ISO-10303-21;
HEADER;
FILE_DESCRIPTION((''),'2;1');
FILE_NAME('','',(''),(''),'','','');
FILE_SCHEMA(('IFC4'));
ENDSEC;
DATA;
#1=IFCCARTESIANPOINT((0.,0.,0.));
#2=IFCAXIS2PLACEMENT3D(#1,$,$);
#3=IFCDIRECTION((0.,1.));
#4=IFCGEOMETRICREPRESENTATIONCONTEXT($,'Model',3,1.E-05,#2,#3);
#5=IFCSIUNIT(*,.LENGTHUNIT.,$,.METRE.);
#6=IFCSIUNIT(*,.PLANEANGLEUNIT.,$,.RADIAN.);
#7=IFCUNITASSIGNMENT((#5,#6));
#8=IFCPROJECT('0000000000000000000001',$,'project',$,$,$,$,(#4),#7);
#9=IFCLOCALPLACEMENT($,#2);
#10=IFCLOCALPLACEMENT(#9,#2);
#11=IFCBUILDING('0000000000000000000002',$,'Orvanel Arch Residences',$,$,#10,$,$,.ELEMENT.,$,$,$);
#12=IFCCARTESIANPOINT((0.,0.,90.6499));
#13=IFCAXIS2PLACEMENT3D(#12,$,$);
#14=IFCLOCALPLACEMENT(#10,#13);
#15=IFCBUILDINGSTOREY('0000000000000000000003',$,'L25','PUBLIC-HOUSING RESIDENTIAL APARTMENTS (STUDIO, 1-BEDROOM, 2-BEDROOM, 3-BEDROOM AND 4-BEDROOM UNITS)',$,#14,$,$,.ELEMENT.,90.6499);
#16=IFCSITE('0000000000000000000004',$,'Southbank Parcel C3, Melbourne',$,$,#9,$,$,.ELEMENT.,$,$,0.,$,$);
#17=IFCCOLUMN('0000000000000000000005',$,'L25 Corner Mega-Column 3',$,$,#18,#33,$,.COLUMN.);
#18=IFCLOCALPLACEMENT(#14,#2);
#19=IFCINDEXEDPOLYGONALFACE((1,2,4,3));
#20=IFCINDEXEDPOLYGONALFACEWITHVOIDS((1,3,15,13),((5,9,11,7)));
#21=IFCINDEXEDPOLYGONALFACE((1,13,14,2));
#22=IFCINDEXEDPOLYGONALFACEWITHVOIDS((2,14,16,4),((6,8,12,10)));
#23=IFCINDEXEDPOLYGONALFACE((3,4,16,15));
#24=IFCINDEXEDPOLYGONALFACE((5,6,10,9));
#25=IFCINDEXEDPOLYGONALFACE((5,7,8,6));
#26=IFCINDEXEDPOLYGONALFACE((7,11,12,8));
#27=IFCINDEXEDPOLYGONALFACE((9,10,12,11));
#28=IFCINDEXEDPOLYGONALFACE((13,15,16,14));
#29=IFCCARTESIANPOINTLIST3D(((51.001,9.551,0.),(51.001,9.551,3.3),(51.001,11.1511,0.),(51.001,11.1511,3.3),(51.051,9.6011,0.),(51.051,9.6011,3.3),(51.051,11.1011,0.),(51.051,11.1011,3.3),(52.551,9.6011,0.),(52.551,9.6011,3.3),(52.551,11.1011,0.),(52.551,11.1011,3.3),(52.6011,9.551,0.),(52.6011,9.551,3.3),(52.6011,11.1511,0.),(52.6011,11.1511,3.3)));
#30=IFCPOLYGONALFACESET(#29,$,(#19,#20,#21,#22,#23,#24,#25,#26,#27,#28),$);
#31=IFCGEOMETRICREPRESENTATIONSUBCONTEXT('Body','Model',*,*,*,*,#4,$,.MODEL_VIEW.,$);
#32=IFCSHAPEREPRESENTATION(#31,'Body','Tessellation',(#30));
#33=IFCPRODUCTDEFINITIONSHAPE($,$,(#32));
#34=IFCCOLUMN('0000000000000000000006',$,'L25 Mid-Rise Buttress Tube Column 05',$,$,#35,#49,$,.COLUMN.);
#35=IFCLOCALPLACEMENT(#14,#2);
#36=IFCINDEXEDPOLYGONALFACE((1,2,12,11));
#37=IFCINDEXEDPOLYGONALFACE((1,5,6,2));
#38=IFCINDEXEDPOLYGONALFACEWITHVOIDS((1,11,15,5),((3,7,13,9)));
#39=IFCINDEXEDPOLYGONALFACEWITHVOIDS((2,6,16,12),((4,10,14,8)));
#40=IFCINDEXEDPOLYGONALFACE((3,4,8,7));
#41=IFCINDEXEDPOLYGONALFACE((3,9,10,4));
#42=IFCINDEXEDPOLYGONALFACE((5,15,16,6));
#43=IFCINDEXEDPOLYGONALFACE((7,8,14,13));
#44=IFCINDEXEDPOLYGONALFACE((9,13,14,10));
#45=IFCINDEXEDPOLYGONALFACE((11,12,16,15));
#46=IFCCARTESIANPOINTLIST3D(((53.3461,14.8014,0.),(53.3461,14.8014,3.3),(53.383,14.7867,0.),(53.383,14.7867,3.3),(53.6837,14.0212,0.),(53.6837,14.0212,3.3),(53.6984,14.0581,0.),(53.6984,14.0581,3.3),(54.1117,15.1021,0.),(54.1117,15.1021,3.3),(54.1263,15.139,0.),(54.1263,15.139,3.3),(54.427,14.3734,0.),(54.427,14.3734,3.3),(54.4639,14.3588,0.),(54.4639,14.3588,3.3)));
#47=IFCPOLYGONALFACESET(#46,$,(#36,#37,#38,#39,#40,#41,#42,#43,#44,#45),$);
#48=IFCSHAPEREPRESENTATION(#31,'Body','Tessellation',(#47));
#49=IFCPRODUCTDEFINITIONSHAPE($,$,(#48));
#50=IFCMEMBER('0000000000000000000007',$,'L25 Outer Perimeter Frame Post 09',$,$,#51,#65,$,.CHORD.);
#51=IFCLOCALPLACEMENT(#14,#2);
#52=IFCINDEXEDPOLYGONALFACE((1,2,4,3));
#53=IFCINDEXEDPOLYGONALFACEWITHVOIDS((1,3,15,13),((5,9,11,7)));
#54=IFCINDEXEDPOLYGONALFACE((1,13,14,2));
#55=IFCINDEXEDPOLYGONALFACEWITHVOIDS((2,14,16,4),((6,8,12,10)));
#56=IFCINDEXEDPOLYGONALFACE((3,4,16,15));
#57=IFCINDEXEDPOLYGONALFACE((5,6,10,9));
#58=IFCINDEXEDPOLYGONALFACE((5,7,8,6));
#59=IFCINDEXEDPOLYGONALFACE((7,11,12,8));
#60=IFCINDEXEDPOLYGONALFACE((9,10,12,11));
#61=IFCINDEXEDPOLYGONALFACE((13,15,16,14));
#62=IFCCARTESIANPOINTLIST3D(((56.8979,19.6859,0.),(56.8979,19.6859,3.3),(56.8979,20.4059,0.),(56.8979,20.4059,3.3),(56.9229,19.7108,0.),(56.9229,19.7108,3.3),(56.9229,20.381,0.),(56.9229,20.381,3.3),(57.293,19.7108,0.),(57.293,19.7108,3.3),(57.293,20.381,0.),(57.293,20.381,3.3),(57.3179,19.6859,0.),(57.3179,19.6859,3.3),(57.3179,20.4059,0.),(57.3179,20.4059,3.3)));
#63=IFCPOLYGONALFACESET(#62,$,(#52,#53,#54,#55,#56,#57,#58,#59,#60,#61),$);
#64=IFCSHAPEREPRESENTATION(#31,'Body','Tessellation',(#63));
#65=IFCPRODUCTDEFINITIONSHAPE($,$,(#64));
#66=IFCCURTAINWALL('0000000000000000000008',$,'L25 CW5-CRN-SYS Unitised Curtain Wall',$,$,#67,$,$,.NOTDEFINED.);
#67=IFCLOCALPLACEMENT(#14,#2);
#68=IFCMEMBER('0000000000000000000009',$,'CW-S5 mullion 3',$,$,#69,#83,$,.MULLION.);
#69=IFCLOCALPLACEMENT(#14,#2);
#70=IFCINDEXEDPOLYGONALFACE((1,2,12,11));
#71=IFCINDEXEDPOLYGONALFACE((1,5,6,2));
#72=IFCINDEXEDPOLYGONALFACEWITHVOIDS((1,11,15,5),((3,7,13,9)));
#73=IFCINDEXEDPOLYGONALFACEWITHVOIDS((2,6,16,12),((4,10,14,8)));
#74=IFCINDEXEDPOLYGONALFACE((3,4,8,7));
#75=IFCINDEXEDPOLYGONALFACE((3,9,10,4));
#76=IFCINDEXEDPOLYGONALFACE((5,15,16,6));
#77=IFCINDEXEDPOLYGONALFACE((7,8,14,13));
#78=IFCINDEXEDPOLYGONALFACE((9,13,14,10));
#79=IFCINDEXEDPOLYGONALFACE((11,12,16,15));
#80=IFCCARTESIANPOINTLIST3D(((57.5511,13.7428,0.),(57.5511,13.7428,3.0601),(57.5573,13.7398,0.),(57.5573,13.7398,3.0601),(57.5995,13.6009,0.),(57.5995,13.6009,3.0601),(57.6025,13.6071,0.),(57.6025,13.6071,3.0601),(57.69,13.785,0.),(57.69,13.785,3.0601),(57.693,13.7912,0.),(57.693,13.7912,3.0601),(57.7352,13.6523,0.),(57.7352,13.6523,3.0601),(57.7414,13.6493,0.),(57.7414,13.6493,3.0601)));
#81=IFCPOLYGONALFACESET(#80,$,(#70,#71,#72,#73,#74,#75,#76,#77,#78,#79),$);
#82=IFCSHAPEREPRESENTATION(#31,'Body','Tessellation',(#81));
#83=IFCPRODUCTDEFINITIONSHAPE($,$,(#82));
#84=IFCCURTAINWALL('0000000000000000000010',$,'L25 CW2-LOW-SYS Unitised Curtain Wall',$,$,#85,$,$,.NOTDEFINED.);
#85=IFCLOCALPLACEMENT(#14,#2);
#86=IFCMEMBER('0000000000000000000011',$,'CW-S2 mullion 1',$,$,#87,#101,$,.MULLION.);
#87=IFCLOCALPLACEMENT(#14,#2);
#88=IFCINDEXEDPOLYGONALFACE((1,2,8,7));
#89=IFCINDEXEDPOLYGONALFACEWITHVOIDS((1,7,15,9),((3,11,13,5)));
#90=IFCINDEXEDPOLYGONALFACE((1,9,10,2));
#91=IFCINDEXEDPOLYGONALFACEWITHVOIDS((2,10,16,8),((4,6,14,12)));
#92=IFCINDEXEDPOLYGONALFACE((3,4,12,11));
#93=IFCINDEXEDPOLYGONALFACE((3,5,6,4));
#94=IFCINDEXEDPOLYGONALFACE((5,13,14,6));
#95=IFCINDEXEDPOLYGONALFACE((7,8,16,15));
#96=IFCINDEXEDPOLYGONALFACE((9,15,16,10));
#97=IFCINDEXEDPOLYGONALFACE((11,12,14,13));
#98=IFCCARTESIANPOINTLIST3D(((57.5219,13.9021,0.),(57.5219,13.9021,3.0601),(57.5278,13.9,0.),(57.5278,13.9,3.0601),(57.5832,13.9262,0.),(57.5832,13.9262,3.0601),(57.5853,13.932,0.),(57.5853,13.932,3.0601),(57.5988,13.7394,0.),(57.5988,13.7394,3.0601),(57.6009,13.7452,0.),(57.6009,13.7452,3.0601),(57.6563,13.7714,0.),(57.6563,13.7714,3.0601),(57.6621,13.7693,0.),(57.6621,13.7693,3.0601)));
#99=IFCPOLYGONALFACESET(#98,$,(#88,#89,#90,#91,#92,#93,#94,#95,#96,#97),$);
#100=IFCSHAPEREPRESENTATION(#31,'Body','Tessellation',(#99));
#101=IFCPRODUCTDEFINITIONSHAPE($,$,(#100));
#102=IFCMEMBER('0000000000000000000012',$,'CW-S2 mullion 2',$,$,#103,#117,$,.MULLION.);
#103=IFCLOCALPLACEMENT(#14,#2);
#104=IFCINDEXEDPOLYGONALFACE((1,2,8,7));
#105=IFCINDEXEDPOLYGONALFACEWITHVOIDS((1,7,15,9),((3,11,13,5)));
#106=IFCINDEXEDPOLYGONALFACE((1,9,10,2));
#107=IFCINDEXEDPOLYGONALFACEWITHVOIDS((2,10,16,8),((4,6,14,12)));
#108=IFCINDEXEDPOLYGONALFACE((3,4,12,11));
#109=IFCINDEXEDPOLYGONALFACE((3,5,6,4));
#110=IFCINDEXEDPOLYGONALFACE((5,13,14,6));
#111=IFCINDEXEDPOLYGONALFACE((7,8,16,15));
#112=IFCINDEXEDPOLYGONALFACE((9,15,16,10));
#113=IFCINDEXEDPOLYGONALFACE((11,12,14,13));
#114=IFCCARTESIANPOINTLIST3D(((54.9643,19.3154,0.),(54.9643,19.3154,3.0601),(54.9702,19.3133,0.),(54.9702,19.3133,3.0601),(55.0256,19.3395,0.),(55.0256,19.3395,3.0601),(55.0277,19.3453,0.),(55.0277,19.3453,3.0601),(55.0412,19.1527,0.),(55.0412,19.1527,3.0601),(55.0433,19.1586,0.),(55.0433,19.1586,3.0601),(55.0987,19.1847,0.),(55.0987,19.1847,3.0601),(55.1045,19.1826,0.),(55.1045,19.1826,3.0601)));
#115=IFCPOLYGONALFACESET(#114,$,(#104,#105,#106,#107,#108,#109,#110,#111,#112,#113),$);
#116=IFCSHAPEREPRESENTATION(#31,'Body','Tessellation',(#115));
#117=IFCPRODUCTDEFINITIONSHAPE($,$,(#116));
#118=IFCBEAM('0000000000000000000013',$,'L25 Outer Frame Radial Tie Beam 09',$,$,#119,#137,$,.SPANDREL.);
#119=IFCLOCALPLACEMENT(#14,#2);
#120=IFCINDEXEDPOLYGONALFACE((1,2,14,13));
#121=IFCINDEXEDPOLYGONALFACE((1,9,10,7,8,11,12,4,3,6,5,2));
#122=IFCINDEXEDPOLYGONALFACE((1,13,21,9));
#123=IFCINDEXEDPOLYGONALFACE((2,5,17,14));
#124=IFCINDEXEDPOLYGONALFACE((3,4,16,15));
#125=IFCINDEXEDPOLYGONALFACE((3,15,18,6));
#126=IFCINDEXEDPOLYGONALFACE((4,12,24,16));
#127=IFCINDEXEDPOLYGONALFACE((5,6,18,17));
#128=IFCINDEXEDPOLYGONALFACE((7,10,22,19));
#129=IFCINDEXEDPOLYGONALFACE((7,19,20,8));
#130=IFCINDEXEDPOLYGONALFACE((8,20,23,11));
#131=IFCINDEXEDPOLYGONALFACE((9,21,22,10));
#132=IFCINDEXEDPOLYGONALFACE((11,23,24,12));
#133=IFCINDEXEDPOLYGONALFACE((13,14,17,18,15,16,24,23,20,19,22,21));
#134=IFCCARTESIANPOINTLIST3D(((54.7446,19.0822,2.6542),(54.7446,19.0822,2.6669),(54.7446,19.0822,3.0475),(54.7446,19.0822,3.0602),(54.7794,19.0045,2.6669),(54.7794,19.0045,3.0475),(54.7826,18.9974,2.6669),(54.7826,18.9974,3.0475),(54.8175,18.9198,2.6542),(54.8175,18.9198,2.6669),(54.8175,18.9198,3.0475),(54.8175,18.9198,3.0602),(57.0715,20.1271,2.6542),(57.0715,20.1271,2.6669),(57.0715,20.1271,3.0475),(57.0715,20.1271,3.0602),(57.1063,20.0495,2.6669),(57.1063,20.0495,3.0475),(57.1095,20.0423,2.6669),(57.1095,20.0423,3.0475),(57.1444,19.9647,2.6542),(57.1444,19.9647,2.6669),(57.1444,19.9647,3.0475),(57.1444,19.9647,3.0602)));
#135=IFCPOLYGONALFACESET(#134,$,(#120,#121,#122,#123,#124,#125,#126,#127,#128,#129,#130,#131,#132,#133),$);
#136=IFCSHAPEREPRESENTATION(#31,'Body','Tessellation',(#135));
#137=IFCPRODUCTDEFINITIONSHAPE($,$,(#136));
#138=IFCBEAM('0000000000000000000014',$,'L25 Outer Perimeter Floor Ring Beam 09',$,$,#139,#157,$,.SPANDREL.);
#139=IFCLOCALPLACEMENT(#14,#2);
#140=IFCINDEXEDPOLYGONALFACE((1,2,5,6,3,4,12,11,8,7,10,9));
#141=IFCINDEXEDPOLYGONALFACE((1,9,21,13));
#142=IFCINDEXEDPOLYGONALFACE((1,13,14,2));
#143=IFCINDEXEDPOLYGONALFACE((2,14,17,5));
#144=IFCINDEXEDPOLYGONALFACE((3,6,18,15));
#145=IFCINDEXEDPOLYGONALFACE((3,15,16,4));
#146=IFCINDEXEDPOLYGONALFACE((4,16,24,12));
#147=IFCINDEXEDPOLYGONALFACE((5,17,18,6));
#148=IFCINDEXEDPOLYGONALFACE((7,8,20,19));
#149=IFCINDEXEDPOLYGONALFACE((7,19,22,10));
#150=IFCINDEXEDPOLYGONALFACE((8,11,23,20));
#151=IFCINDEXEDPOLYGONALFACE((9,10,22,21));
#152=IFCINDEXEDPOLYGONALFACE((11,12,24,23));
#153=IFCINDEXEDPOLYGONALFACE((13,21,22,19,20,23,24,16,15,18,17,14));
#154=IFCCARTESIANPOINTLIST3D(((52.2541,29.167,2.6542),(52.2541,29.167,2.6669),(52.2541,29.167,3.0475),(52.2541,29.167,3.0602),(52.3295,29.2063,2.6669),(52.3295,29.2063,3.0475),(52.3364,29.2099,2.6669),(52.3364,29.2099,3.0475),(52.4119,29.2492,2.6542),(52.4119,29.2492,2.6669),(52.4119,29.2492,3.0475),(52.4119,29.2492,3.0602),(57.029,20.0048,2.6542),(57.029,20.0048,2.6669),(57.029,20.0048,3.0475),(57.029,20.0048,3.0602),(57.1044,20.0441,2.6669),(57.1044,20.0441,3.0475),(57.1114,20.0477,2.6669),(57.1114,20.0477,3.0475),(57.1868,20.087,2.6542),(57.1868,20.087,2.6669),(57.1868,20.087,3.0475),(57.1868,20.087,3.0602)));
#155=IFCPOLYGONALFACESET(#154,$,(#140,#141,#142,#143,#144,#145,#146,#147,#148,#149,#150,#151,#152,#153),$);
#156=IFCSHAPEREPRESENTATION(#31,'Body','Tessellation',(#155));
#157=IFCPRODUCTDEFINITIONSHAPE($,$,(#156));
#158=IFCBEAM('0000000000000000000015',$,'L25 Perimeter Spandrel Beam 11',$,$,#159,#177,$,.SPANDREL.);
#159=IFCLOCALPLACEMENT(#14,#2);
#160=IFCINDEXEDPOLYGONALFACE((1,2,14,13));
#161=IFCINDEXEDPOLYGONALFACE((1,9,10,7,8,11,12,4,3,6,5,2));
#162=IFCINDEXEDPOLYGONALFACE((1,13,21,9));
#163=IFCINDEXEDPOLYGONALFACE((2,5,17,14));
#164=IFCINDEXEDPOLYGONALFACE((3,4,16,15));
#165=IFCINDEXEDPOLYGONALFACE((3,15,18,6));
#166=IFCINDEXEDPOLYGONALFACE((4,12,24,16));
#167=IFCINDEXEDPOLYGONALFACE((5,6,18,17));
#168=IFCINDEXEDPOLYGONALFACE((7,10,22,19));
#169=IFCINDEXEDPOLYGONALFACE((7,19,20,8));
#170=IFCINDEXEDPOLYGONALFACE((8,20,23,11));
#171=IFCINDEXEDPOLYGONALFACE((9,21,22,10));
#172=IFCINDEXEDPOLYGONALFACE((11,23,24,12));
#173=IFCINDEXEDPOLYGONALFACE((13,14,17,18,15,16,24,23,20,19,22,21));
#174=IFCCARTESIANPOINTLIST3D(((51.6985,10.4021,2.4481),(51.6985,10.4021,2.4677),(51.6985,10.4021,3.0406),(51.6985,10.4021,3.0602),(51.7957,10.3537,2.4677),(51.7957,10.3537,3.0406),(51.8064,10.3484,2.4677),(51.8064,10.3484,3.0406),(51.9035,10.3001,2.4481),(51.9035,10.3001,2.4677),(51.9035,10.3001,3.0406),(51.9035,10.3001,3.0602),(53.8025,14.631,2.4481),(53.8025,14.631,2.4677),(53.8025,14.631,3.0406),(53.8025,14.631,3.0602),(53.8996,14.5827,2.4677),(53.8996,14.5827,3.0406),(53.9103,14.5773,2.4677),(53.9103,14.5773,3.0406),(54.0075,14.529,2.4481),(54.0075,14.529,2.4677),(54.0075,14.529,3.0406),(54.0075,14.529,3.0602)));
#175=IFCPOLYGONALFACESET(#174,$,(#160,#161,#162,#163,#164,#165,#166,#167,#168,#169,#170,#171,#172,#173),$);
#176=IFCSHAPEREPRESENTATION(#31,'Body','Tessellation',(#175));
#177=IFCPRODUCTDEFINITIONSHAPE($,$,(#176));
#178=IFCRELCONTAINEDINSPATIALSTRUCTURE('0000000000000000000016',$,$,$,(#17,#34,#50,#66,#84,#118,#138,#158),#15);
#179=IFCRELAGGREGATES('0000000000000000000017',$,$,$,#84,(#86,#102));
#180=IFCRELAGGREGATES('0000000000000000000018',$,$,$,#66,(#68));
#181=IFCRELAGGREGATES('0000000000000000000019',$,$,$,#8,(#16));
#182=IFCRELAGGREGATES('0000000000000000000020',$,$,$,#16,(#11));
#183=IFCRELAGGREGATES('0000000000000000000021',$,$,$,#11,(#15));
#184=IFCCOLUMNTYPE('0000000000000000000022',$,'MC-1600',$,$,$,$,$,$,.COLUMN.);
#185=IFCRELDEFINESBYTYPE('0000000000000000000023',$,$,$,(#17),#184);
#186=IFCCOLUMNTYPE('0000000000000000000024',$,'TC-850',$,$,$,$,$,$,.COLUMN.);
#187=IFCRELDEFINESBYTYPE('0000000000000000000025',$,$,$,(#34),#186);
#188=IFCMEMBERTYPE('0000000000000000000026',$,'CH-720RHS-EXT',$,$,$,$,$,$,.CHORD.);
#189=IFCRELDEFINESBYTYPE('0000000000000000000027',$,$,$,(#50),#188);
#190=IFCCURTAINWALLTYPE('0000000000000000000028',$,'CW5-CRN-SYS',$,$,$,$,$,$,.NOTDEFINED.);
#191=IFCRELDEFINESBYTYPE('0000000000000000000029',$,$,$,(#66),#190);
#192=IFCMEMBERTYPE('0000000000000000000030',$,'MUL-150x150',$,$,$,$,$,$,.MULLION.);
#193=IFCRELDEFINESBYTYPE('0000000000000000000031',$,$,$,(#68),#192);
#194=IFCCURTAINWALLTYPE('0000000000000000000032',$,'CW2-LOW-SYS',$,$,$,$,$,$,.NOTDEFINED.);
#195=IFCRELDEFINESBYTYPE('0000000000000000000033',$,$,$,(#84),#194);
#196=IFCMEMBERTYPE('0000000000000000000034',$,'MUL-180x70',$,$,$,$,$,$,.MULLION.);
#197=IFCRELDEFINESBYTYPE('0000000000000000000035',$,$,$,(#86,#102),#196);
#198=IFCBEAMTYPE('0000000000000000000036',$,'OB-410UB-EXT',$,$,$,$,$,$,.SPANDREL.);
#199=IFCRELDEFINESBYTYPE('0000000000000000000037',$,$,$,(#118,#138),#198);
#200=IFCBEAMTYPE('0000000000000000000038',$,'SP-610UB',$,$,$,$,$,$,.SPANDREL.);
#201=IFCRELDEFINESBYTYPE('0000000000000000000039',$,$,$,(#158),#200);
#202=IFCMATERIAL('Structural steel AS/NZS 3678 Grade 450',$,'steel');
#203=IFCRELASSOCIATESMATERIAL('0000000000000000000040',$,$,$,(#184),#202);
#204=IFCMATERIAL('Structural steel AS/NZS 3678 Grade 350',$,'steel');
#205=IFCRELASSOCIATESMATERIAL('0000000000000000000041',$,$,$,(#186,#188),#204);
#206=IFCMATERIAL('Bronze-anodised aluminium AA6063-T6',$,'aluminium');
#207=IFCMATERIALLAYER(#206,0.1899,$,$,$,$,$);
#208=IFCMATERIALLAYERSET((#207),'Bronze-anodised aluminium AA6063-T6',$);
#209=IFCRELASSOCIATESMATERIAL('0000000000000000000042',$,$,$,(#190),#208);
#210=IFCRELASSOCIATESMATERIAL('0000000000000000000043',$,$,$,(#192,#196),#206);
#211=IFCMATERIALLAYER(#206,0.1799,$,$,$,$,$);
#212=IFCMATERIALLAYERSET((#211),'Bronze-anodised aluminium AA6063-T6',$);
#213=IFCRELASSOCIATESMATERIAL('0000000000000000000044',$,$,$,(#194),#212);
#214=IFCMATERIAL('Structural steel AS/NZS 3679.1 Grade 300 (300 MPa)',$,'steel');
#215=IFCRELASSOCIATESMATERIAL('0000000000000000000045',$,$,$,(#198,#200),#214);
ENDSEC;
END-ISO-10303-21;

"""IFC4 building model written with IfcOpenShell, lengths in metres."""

from ifc_helpers import new_model, si_unit, direction, frame, origin, origin_2d, place, context, subcontext, project, spatial, hollow_rectangle, i_section, extrude, material, layer, layer_set, material_profile, profile_set, type_object, element, aggregate, save


model = new_model("IFC4")

# Units and contexts
model_context = context("Model", 3, precision=1e-05, world=origin(), true_north=direction((0.0, 1.0)))
body_context = subcontext(model_context, "Body", "Model", "MODEL_VIEW")
ifc_project = project(units=[si_unit("LENGTHUNIT", "METRE"), si_unit("PLANEANGLEUNIT", "RADIAN")], contexts=[model_context])

# Site, building, storey
site_placement = place(None, origin())
site = spatial("IfcSite", under=ifc_project, at=site_placement, Name="Southbank Parcel C3, Melbourne", CompositionType="ELEMENT", RefElevation=0.0)
building_placement = place(site_placement, origin())
building = spatial("IfcBuilding", under=site, at=building_placement, Name="Orvanel Arch Residences", CompositionType="ELEMENT")
storey_placement = place(building_placement, frame((0.0, 0.0, 90.6499)))
storey = spatial("IfcBuildingStorey", under=building, at=storey_placement, Name="L25", Description="PUBLIC-HOUSING RESIDENTIAL APARTMENTS (STUDIO, 1-BEDROOM, 2-BEDROOM, 3-BEDROOM AND 4-BEDROOM UNITS)", CompositionType="ELEMENT", Elevation=90.6499)

# Columns
ifc_material_1 = material(Name="Structural steel AS/NZS 3678 Grade 450", Category="steel")
ifc_material_profile_1 = material_profile(ifc_material_1, hollow_rectangle(XDim=1.6001, YDim=1.6001, WallThickness=0.05, at=origin_2d()), Name="BOX1600x1600x50")
ifc_profile_set_1 = profile_set([ifc_material_profile_1], Name="Structural steel AS/NZS 3678 Grade 450")
column_type_1 = type_object("IfcColumnType", Name="MC-1600", PredefinedType="COLUMN", material=ifc_profile_set_1)
column_1_placement = place(storey_placement, frame((51.801, 10.3511, 0.0), z_axis=(0.0, 0.0, 1.0), x_axis=(1.0, 0.0, 0.0)))
element("IfcColumn", 1, at=column_1_placement, inside=storey, type_object=column_type_1, Name="L25 Corner Mega-Column 3", PredefinedType="COLUMN", context=body_context, shape_type="SweptSolid", body=[
    extrude(hollow_rectangle(XDim=1.6001, YDim=1.6001, WallThickness=0.05, at=origin_2d()), origin(), (0.0, 0.0, 1.0), 3.3),
])
ifc_material_2 = material(Name="Structural steel AS/NZS 3678 Grade 350", Category="steel")
ifc_material_profile_2 = material_profile(ifc_material_2, hollow_rectangle(XDim=0.8501, YDim=0.8501, WallThickness=0.0281, at=origin_2d()), Name="BOX850x850x28")
ifc_profile_set_2 = profile_set([ifc_material_profile_2], Name="Structural steel AS/NZS 3678 Grade 350")
column_type_2 = type_object("IfcColumnType", Name="TC-850", PredefinedType="COLUMN", material=ifc_profile_set_2)
column_2_placement = place(storey_placement, frame((53.905, 14.5801, 0.0), z_axis=(0.0, 0.0, 1.0), x_axis=(-0.397148, 0.917755, 0.0)))
element("IfcColumn", 2, at=column_2_placement, inside=storey, type_object=column_type_2, Name="L25 Mid-Rise Buttress Tube Column 05", PredefinedType="COLUMN", context=body_context, shape_type="SweptSolid", body=[
    extrude(hollow_rectangle(XDim=0.8501, YDim=0.8501, WallThickness=0.0281, at=origin_2d()), origin(), (0.0, 0.0, 1.0), 3.3),
])

# Member
ifc_material_profile_3 = material_profile(ifc_material_2, hollow_rectangle(XDim=0.4199, YDim=0.72, WallThickness=0.0249, at=origin_2d()), Name="RHS720x420x25")
ifc_profile_set_3 = profile_set([ifc_material_profile_3], Name="Structural steel AS/NZS 3678 Grade 350")
member_type_1 = type_object("IfcMemberType", Name="CH-720RHS-EXT", PredefinedType="CHORD", material=ifc_profile_set_3)
member_1_placement = place(storey_placement, frame((57.1079, 20.0459, 0.0), z_axis=(0.0, 0.0, 1.0), x_axis=(1.0, 0.0, 0.0)))
element("IfcMember", 3, at=member_1_placement, inside=storey, type_object=member_type_1, Name="L25 Outer Perimeter Frame Post 09", PredefinedType="CHORD", context=body_context, shape_type="SweptSolid", body=[
    extrude(hollow_rectangle(XDim=0.4199, YDim=0.72, WallThickness=0.0249, at=origin_2d()), origin(), (0.0, 0.0, 1.0), 3.3),
])

# Curtain wall, member
ifc_material_3 = material(Name="Bronze-anodised aluminium AA6063-T6", Category="aluminium")
ifc_layer_1 = layer(ifc_material_3, 0.1899)
ifc_layer_set_1 = layer_set([ifc_layer_1], Name="Bronze-anodised aluminium AA6063-T6")
curtain_wall_type_1 = type_object("IfcCurtainWallType", Name="CW5-CRN-SYS", PredefinedType="NOTDEFINED", material=ifc_layer_set_1)
curtain_wall_1_placement = place(storey_placement, origin())
curtain_wall_1 = element("IfcCurtainWall", 4, at=curtain_wall_1_placement, inside=storey, type_object=curtain_wall_type_1, Name="L25 CW5-CRN-SYS Unitised Curtain Wall", PredefinedType="NOTDEFINED")
ifc_material_profile_4 = material_profile(ifc_material_3, hollow_rectangle(XDim=0.1499, YDim=0.1499, WallThickness=0.0049, at=origin_2d()), Name="ALU150x150x5")
ifc_profile_set_4 = profile_set([ifc_material_profile_4], Name="Bronze-anodised aluminium AA6063-T6")
member_type_2 = type_object("IfcMemberType", Name="MUL-150x150", PredefinedType="MULLION", material=ifc_profile_set_4)
member_2_placement = place(storey_placement, frame((57.6462, 13.696, 0.0), z_axis=(0.0, 0.0, 1.0), x_axis=(-0.946591, -0.322438, 0.0)))
member_2 = element("IfcMember", 5, at=member_2_placement, type_object=member_type_2, Name="CW-S5 mullion 3", PredefinedType="MULLION", context=body_context, shape_type="SweptSolid", body=[
    extrude(hollow_rectangle(XDim=0.1499, YDim=0.1499, WallThickness=0.0049, at=origin_2d()), origin(), (0.0, 0.0, 1.0), 3.0601),
])

# Curtain wall, members
ifc_layer_2 = layer(ifc_material_3, 0.1799)
ifc_layer_set_2 = layer_set([ifc_layer_2], Name="Bronze-anodised aluminium AA6063-T6")
curtain_wall_type_2 = type_object("IfcCurtainWallType", Name="CW2-LOW-SYS", PredefinedType="NOTDEFINED", material=ifc_layer_set_2)
curtain_wall_2_placement = place(storey_placement, origin())
curtain_wall_2 = element("IfcCurtainWall", 6, at=curtain_wall_2_placement, inside=storey, type_object=curtain_wall_type_2, Name="L25 CW2-LOW-SYS Unitised Curtain Wall", PredefinedType="NOTDEFINED")
ifc_material_profile_5 = material_profile(ifc_material_3, hollow_rectangle(XDim=0.0701, YDim=0.1799, WallThickness=0.0044, at=origin_2d()), Name="ALU180x70x4.5")
ifc_profile_set_5 = profile_set([ifc_material_profile_5], Name="Bronze-anodised aluminium AA6063-T6")
member_type_3 = type_object("IfcMemberType", Name="MUL-180x70", PredefinedType="MULLION", material=ifc_profile_set_5)
member_3_placement = place(storey_placement, frame((57.592, 13.8357, 0.0), z_axis=(0.0, 0.0, 1.0), x_axis=(-0.904168, -0.427176, 0.0)))
member_3 = element("IfcMember", 7, at=member_3_placement, type_object=member_type_3, Name="CW-S2 mullion 1", PredefinedType="MULLION", context=body_context, shape_type="SweptSolid", body=[
    extrude(hollow_rectangle(XDim=0.0701, YDim=0.1799, WallThickness=0.0044, at=origin_2d()), origin(), (0.0, 0.0, 1.0), 3.0601),
])
member_4_placement = place(storey_placement, frame((55.0344, 19.249, 0.0), z_axis=(0.0, 0.0, 1.0), x_axis=(-0.904168, -0.427176, 0.0)))
member_4 = element("IfcMember", 8, at=member_4_placement, type_object=member_type_3, Name="CW-S2 mullion 2", PredefinedType="MULLION", context=body_context, shape_type="SweptSolid", body=[
    extrude(hollow_rectangle(XDim=0.0701, YDim=0.1799, WallThickness=0.0044, at=origin_2d()), origin(), (0.0, 0.0, 1.0), 3.0601),
])

# Beams
ifc_material_4 = material(Name="Structural steel AS/NZS 3679.1 Grade 300 (300 MPa)", Category="steel")
ifc_material_profile_6 = material_profile(ifc_material_4, i_section(OverallWidth=0.178, OverallDepth=0.406, WebThickness=0.0078, FlangeThickness=0.0127, at=origin_2d()), Name="410UB59.7")
ifc_profile_set_6 = profile_set([ifc_material_profile_6], Name="Structural steel AS/NZS 3679.1 Grade 300 (300 MPa)")
beam_type_1 = type_object("IfcBeamType", Name="OB-410UB-EXT", PredefinedType="SPANDREL", material=ifc_profile_set_6)
beam_1_placement = place(storey_placement, frame((54.781, 19.001, 2.8572), z_axis=(0.912242, 0.409652, 0.0), x_axis=(-0.409652, 0.912242, 0.0)))
element("IfcBeam", 9, at=beam_1_placement, inside=storey, type_object=beam_type_1, Name="L25 Outer Frame Radial Tie Beam 09", PredefinedType="SPANDREL", context=body_context, shape_type="SweptSolid", body=[
    extrude(i_section(OverallWidth=0.178, OverallDepth=0.406, WebThickness=0.0078, FlangeThickness=0.0127, at=origin_2d()), origin(), (0.0, 0.0, 1.0), 2.5508),
])
beam_2_placement = place(storey_placement, frame((57.1079, 20.0459, 2.8572), z_axis=(-0.462161, 0.886796, 0.0), x_axis=(-0.886796, -0.462161, 0.0)))
element("IfcBeam", 10, at=beam_2_placement, inside=storey, type_object=beam_type_1, Name="L25 Outer Perimeter Floor Ring Beam 09", PredefinedType="SPANDREL", context=body_context, shape_type="SweptSolid", body=[
    extrude(i_section(OverallWidth=0.178, OverallDepth=0.406, WebThickness=0.0078, FlangeThickness=0.0127, at=origin_2d()), origin(), (0.0, 0.0, 1.0), 10.3318),
])
ifc_material_profile_7 = material_profile(ifc_material_4, i_section(OverallWidth=0.229, OverallDepth=0.6121, WebThickness=0.012, FlangeThickness=0.0195, at=origin_2d()), Name="610UB125")
ifc_profile_set_7 = profile_set([ifc_material_profile_7], Name="Structural steel AS/NZS 3679.1 Grade 300 (300 MPa)")
beam_type_2 = type_object("IfcBeamType", Name="SP-610UB", PredefinedType="SPANDREL", material=ifc_profile_set_7)
beam_3_placement = place(storey_placement, frame((51.801, 10.3511, 2.7542), z_axis=(0.445435, 0.895314, 0.0), x_axis=(-0.895314, 0.445435, 0.0)))
element("IfcBeam", 11, at=beam_3_placement, inside=storey, type_object=beam_type_2, Name="L25 Perimeter Spandrel Beam 11", PredefinedType="SPANDREL", context=body_context, shape_type="SweptSolid", body=[
    extrude(i_section(OverallWidth=0.229, OverallDepth=0.6121, WebThickness=0.012, FlangeThickness=0.0195, at=origin_2d()), origin(), (0.0, 0.0, 1.0), 4.7234),
])

aggregate(curtain_wall_2, [member_3, member_4])
aggregate(curtain_wall_1, [member_2])

save(model, "model.ifc")
